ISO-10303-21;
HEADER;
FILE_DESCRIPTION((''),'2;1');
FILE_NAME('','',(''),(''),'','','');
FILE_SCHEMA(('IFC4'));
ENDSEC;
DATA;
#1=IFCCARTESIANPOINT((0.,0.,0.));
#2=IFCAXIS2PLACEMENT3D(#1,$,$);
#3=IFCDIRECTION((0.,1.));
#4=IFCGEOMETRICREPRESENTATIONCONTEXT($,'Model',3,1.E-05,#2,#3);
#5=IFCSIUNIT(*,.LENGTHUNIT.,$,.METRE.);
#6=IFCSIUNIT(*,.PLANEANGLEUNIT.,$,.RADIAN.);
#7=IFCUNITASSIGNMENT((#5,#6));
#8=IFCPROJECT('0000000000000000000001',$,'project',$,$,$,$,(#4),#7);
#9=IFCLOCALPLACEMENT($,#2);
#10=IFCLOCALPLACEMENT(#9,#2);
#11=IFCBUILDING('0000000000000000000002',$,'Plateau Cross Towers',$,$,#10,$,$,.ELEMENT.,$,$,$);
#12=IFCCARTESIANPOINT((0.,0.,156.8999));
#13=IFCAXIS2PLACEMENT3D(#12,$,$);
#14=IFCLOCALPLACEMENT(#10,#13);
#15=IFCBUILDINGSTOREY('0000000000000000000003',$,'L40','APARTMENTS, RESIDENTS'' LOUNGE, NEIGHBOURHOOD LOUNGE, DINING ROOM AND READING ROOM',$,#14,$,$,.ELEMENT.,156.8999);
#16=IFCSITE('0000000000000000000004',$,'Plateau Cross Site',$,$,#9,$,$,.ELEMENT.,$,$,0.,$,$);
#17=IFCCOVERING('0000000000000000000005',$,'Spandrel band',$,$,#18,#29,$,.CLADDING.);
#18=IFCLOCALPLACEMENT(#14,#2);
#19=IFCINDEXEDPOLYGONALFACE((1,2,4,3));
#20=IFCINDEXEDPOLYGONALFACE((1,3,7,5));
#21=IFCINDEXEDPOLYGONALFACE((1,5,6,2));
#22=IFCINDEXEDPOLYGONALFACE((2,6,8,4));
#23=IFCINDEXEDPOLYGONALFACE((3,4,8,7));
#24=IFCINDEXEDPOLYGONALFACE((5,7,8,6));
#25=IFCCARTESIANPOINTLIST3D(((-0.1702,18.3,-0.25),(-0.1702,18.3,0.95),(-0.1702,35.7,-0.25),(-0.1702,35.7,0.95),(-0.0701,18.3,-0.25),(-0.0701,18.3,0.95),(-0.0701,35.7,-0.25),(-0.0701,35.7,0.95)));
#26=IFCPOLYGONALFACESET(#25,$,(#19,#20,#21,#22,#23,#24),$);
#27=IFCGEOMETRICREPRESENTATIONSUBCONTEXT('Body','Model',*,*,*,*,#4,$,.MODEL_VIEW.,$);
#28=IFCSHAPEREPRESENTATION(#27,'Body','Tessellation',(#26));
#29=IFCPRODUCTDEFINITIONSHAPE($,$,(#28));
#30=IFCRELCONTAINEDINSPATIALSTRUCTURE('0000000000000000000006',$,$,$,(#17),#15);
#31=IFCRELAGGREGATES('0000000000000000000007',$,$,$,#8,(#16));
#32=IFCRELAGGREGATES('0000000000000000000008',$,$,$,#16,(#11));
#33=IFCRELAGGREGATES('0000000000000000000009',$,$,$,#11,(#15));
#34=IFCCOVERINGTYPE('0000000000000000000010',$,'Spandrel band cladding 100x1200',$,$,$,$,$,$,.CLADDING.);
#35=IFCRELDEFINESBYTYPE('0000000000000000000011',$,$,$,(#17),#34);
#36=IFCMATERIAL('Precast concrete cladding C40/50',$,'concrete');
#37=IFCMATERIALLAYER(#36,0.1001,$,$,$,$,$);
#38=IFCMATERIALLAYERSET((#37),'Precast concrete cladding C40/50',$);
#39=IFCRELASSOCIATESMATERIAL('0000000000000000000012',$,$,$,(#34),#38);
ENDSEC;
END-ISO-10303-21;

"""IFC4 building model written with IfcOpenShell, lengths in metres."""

from ifc_helpers import new_model, si_unit, direction, frame, origin, origin_2d, place, context, subcontext, project, spatial, rectangle, extrude, material, layer, layer_set, type_object, element, save


model = new_model("IFC4")

# Units and contexts
model_context = context("Model", 3, precision=1e-05, world=origin(), true_north=direction((0.0, 1.0)))
body_context = subcontext(model_context, "Body", "Model", "MODEL_VIEW")
ifc_project = project(units=[si_unit("LENGTHUNIT", "METRE"), si_unit("PLANEANGLEUNIT", "RADIAN")], contexts=[model_context])

# Site, building, storey
site_placement = place(None, origin())
site = spatial("IfcSite", under=ifc_project, at=site_placement, Name="Plateau Cross Site", CompositionType="ELEMENT", RefElevation=0.0)
building_placement = place(site_placement, origin())
building = spatial("IfcBuilding", under=site, at=building_placement, Name="Plateau Cross Towers", CompositionType="ELEMENT")
storey_placement = place(building_placement, frame((0.0, 0.0, 156.8999)))
storey = spatial("IfcBuildingStorey", under=building, at=storey_placement, Name="L40", Description="APARTMENTS, RESIDENTS' LOUNGE, NEIGHBOURHOOD LOUNGE, DINING ROOM AND READING ROOM", CompositionType="ELEMENT", Elevation=156.8999)

# Covering
ifc_material_1 = material(Name="Precast concrete cladding C40/50", Category="concrete")
ifc_layer_1 = layer(ifc_material_1, 0.1001)
ifc_layer_set_1 = layer_set([ifc_layer_1], Name="Precast concrete cladding C40/50")
covering_type = type_object("IfcCoveringType", Name="Spandrel band cladding 100x1200", PredefinedType="CLADDING", material=ifc_layer_set_1)
covering_placement = place(storey_placement, frame((-0.1201, 27.0, -0.25), z_axis=(0.0, 0.0, 1.0), x_axis=(0.0, -1.0, 0.0)))
element("IfcCovering", 1, at=covering_placement, inside=storey, type_object=covering_type, Name="Spandrel band", PredefinedType="CLADDING", context=body_context, shape_type="SweptSolid", body=[
    extrude(rectangle(XDim=17.3999, YDim=0.1001, at=origin_2d()), origin(), (0.0, 0.0, 1.0), 1.2),
])

save(model, "model.ifc")
